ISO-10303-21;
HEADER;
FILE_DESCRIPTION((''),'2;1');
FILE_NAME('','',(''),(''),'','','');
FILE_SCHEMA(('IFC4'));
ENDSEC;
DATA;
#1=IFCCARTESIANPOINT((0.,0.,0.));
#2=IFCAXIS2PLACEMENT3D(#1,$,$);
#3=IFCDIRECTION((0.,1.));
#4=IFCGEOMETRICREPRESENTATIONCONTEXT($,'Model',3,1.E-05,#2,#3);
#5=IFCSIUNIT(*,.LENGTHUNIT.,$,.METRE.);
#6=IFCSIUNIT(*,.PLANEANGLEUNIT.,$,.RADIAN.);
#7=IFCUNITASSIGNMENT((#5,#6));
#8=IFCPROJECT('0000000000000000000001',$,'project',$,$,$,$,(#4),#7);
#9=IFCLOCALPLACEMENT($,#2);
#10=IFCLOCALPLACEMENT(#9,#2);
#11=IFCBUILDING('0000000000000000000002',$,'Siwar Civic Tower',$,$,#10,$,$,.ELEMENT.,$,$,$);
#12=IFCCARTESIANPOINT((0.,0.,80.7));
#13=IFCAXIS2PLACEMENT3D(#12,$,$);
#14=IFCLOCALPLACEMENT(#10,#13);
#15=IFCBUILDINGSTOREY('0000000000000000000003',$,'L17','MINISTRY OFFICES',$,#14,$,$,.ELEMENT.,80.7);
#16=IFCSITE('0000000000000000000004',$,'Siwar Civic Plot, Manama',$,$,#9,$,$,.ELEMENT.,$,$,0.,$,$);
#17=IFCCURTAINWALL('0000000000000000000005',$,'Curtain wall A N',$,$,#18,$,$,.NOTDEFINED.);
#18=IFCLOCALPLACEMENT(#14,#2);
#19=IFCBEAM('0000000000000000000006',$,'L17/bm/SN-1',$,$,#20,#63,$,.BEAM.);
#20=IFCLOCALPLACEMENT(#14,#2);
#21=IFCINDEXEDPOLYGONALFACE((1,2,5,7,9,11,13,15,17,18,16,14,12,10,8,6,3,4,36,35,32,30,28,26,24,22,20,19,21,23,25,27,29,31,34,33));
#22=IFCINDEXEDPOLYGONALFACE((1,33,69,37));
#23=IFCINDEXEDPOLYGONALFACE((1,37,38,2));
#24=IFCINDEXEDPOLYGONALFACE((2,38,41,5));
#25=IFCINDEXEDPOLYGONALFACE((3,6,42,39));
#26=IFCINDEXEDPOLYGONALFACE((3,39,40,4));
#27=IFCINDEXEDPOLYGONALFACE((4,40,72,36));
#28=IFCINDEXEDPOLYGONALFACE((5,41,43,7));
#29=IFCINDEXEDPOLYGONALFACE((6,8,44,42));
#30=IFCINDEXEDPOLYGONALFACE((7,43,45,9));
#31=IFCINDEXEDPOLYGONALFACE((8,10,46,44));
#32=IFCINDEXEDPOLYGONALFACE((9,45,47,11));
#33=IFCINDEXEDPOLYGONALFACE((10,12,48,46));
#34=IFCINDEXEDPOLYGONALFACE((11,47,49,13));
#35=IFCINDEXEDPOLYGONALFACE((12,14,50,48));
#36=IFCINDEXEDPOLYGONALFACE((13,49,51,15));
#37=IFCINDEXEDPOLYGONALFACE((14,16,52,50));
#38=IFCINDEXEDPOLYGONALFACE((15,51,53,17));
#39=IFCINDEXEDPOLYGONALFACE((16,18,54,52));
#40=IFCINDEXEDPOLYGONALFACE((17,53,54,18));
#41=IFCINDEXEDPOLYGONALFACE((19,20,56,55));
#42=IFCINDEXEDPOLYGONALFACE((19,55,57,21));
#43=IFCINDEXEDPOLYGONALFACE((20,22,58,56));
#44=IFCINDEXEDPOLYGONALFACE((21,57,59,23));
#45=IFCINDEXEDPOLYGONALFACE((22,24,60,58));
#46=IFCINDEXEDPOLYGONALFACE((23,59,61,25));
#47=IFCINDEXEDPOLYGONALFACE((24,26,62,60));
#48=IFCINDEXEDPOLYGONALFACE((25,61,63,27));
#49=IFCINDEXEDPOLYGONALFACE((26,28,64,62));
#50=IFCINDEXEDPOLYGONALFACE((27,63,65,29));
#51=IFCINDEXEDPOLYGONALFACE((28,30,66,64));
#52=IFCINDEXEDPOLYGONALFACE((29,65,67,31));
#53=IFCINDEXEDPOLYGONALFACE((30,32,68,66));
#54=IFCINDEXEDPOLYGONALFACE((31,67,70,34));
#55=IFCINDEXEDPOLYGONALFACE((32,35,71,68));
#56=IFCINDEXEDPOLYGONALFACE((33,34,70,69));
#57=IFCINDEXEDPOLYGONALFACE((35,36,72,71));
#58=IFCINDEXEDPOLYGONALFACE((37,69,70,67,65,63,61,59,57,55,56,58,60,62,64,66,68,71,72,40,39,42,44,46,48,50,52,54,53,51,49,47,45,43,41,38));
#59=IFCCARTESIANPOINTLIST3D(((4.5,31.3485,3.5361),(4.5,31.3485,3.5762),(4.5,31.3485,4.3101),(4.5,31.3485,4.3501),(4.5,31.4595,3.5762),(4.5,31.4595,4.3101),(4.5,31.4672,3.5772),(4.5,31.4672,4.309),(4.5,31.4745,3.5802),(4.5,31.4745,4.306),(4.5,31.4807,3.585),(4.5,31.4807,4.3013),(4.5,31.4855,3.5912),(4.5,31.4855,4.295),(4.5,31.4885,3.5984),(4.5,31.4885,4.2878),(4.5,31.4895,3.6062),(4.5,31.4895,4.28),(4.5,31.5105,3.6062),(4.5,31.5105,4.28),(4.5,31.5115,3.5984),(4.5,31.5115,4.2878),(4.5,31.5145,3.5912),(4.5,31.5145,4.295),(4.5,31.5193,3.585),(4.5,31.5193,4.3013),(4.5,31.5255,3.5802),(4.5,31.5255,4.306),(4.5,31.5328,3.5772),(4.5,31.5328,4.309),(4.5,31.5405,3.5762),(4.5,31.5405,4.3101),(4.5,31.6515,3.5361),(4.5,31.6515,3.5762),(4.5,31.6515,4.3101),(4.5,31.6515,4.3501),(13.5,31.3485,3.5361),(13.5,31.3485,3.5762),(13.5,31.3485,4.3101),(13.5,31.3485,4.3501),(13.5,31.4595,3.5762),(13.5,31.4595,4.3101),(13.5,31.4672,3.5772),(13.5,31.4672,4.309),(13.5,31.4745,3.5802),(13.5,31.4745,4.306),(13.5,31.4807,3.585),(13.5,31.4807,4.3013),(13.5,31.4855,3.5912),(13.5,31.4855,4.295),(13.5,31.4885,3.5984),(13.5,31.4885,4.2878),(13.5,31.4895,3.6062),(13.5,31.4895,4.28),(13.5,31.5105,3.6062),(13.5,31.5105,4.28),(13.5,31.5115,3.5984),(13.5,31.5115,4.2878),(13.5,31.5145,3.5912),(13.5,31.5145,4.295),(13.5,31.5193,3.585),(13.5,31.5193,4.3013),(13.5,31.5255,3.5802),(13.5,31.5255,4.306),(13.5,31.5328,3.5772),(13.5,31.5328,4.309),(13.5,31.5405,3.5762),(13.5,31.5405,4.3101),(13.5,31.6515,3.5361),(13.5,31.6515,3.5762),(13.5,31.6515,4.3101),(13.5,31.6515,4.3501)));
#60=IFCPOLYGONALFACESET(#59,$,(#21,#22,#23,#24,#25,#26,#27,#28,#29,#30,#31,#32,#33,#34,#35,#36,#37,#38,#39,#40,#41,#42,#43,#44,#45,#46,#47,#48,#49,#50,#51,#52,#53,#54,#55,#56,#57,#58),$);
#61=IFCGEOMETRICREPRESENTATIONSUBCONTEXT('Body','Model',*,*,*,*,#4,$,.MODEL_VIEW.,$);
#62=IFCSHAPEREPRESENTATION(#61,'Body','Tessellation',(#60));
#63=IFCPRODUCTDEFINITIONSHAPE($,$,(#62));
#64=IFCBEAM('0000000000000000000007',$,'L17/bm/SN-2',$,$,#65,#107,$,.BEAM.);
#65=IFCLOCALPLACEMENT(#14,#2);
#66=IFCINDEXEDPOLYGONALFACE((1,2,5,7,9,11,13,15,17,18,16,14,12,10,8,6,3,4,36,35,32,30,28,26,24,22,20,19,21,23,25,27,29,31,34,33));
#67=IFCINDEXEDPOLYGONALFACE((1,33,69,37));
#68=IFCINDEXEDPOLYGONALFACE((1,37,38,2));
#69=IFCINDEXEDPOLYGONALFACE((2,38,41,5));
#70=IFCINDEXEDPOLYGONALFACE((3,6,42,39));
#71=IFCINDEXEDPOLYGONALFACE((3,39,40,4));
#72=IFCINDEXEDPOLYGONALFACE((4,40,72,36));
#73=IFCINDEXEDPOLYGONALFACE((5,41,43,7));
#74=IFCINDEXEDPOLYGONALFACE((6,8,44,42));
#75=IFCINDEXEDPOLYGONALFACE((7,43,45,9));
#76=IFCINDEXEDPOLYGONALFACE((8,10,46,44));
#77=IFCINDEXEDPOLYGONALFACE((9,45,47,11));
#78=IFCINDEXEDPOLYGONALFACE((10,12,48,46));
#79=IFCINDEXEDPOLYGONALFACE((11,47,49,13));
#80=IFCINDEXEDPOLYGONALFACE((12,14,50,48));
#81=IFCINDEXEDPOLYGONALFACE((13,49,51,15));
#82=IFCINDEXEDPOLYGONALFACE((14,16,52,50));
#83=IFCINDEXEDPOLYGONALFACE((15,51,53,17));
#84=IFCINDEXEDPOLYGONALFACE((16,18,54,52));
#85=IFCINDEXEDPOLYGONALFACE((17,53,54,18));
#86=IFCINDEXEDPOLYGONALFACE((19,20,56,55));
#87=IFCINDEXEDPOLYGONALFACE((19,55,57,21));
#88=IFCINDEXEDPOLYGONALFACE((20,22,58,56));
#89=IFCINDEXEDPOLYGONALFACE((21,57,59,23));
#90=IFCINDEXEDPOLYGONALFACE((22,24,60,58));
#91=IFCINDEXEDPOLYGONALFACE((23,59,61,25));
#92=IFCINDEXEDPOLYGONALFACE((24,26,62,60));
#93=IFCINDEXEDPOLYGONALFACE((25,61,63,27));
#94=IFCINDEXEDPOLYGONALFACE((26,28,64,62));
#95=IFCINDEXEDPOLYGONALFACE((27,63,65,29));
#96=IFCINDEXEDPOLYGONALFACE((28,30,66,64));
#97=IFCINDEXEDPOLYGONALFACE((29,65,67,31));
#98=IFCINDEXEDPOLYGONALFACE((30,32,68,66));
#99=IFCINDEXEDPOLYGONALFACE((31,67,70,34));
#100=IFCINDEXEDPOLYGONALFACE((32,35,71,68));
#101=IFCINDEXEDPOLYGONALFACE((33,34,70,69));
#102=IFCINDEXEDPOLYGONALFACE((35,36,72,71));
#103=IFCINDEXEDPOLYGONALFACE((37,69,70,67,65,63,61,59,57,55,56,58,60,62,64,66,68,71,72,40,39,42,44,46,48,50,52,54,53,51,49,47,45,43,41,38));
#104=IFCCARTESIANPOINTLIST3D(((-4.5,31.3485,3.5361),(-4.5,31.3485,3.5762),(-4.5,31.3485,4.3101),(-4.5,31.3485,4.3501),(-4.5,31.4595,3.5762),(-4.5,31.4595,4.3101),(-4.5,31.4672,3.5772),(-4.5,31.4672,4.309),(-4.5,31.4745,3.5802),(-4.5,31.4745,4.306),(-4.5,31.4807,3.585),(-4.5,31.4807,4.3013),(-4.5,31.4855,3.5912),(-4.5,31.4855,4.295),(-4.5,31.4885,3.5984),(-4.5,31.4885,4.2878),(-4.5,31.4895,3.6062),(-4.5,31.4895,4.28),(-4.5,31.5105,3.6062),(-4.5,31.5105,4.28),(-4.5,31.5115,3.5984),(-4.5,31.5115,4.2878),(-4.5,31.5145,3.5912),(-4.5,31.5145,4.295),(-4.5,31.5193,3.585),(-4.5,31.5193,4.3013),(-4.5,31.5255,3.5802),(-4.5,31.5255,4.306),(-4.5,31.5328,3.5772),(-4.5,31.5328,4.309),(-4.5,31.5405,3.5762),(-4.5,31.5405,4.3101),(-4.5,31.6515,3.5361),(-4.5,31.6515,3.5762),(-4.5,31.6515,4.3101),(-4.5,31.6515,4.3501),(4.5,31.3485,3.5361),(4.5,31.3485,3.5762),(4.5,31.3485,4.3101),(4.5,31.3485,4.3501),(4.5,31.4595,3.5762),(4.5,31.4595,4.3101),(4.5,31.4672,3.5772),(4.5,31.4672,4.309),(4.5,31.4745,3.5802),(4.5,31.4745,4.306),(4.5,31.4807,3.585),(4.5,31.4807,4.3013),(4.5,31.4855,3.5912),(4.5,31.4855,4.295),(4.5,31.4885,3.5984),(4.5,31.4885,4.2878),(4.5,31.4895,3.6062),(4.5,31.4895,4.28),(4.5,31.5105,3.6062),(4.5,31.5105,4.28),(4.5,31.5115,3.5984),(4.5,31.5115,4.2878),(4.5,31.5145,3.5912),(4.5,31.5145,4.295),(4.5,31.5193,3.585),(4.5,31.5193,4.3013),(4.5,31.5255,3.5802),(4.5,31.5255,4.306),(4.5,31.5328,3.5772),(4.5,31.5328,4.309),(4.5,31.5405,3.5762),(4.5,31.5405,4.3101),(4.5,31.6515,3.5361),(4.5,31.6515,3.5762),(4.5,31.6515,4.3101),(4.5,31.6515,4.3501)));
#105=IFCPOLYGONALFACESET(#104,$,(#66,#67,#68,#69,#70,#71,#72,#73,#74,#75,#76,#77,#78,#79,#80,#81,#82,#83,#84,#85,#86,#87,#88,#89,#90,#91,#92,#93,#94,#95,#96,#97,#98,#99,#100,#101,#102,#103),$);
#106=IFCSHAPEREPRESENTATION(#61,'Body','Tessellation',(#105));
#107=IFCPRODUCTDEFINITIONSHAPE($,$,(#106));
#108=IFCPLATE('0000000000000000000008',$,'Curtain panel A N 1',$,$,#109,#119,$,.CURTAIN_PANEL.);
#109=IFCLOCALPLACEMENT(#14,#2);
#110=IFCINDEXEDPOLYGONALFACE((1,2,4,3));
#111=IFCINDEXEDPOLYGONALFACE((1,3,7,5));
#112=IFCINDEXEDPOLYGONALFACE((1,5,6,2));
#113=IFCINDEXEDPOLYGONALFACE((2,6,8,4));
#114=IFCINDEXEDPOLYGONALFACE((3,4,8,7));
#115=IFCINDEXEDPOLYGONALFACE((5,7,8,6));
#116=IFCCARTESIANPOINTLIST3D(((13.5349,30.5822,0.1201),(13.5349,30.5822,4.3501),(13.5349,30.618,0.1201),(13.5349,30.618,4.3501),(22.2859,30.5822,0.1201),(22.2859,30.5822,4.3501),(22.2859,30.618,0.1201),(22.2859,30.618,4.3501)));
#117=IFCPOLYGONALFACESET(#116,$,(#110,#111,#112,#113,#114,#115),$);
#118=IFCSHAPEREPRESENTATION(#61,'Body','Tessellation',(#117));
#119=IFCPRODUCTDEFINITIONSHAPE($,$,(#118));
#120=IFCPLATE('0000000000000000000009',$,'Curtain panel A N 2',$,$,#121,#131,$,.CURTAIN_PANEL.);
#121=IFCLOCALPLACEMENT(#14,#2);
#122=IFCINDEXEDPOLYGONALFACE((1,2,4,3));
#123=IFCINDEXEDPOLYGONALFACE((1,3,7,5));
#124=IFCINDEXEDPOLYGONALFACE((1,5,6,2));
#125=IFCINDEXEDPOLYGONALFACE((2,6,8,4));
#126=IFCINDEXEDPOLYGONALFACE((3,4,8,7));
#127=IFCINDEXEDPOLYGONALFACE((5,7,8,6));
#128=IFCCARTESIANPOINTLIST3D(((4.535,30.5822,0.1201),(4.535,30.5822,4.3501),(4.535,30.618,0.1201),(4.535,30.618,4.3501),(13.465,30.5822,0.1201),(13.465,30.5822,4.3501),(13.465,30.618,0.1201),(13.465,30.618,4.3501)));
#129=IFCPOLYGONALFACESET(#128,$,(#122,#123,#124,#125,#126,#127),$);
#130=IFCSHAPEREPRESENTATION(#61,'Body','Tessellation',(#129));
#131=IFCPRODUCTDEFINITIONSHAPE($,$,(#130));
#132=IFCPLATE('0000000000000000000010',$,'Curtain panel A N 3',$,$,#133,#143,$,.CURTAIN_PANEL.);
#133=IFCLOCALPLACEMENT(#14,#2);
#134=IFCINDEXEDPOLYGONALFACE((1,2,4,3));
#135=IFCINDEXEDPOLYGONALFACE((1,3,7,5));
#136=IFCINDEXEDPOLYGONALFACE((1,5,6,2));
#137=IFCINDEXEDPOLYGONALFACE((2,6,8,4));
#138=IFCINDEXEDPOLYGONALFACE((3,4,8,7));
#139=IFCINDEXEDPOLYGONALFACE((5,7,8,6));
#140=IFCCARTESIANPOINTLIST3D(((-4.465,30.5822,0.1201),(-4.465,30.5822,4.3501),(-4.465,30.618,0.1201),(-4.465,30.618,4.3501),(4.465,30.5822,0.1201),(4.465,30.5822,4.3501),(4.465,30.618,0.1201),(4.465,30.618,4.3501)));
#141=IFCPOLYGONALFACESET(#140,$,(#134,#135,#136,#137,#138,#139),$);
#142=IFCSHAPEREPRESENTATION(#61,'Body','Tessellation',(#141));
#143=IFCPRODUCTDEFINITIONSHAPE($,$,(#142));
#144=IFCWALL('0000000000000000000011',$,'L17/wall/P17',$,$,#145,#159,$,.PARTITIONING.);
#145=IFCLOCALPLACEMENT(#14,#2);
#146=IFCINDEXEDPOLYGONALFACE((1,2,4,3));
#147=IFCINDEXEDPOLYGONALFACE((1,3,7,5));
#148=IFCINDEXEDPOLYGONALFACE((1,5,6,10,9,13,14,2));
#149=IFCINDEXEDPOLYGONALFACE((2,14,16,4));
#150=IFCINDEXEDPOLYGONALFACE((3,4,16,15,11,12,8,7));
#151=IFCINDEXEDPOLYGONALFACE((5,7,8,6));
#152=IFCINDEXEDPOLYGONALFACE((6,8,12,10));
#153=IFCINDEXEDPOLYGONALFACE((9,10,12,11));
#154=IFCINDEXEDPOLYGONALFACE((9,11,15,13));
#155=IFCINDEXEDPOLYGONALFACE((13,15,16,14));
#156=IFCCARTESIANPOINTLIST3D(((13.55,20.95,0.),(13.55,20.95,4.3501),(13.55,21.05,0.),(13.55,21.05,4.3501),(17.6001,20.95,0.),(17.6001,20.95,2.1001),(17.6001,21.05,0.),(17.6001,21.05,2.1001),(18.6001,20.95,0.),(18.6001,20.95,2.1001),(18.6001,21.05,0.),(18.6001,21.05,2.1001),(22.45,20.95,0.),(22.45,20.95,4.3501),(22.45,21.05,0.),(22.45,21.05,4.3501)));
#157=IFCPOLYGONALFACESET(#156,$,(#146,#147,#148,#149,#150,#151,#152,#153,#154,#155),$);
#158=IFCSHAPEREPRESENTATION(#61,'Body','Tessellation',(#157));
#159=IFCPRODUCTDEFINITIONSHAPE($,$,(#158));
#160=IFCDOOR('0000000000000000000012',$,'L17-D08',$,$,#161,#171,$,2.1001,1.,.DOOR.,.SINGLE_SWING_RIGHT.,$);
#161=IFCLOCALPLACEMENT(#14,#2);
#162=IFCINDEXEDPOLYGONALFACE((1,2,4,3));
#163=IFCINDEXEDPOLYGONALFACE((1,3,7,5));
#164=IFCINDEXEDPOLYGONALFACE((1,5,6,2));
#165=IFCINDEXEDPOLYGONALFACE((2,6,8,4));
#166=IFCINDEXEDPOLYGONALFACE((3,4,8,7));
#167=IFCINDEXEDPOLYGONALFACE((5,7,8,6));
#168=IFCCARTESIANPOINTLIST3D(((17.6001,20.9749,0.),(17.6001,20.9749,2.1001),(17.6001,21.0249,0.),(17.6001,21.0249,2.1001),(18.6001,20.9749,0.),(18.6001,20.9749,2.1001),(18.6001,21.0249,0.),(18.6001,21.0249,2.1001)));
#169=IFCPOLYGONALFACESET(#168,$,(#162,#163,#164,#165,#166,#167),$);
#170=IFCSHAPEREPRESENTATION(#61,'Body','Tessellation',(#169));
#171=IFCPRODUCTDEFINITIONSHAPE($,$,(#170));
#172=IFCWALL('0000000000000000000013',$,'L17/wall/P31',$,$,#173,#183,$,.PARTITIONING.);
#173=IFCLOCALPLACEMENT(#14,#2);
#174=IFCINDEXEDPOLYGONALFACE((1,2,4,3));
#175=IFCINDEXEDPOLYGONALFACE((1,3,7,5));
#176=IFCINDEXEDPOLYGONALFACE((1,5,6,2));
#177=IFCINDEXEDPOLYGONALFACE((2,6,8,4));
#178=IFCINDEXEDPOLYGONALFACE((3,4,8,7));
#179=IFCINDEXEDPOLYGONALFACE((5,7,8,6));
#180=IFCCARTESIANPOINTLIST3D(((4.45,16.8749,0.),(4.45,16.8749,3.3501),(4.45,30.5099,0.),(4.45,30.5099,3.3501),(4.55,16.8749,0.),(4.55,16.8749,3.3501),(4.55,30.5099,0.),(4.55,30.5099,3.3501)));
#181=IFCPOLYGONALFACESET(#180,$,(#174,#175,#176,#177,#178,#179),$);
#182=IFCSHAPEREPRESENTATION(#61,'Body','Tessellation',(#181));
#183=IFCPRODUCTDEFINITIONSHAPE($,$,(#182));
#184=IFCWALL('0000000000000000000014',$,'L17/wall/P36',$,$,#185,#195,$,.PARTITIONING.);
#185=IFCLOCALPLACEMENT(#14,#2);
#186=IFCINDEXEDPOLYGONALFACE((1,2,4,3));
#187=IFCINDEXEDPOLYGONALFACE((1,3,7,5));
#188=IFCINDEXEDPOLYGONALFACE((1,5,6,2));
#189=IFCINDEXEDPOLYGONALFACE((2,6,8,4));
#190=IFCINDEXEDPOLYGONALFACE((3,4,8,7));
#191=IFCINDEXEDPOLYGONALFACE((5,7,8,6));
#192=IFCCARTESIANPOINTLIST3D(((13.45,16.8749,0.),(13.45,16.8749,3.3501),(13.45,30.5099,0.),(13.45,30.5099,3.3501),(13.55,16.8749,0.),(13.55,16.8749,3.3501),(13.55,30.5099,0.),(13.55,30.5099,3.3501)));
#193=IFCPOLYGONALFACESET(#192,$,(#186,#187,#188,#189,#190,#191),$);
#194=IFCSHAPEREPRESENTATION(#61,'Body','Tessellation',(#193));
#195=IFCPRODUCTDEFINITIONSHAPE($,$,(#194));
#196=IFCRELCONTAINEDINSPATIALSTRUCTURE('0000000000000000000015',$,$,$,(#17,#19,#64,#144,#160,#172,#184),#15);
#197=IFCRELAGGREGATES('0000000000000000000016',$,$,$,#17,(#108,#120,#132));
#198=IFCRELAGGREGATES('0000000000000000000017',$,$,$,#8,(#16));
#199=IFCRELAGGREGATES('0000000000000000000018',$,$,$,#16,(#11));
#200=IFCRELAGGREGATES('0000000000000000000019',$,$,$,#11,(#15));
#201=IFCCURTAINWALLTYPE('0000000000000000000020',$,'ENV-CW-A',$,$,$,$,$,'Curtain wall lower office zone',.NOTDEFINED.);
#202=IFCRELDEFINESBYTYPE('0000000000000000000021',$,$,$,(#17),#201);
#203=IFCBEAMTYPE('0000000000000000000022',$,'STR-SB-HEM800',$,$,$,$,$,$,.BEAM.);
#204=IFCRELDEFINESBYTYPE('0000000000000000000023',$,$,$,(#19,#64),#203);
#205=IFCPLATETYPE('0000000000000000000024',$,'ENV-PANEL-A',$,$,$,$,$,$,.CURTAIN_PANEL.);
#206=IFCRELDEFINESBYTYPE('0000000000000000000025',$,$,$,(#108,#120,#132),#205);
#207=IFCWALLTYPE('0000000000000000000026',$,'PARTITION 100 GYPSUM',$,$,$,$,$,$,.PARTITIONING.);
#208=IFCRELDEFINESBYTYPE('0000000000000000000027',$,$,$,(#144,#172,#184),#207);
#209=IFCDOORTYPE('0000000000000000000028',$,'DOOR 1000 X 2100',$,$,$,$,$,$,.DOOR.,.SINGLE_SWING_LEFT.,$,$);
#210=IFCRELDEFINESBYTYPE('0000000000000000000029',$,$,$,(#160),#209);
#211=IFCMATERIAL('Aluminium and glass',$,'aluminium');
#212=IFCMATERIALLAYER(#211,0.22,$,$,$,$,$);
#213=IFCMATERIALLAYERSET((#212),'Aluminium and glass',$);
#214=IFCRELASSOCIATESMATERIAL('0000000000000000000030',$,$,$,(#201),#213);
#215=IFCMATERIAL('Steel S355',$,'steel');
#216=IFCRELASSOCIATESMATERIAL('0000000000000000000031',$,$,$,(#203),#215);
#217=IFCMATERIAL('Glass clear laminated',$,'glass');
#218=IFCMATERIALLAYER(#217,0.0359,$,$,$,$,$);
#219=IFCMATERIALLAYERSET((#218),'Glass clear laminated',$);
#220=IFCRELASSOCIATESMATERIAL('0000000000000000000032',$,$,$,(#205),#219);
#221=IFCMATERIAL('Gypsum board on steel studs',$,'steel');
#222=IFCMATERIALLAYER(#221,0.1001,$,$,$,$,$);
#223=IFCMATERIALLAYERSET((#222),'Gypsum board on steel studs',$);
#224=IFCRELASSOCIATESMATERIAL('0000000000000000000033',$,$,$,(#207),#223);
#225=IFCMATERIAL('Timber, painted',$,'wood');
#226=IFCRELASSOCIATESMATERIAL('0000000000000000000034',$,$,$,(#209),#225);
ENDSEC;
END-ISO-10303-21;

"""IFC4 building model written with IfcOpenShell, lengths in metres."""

from ifc_helpers import new_model, si_unit, direction, frame, frame_2d, origin, origin_2d, place, context, subcontext, project, spatial, rectangle, i_section, extrude, material, layer, layer_set, material_profile, profile_set, type_object, element, fill, aggregate, save


model = new_model("IFC4")

# Units and contexts
model_context = context("Model", 3, precision=1e-05, world=origin(), true_north=direction((0.0, 1.0)))
body_context = subcontext(model_context, "Body", "Model", "MODEL_VIEW")
ifc_project = project(units=[si_unit("LENGTHUNIT", "METRE"), si_unit("PLANEANGLEUNIT", "RADIAN")], contexts=[model_context])

# Site, building, storey
site_placement = place(None, origin())
site = spatial("IfcSite", under=ifc_project, at=site_placement, Name="Siwar Civic Plot, Manama", CompositionType="ELEMENT", RefElevation=0.0)
building_placement = place(site_placement, origin())
building = spatial("IfcBuilding", under=site, at=building_placement, Name="Siwar Civic Tower", CompositionType="ELEMENT")
storey_placement = place(building_placement, frame((0.0, 0.0, 80.7)))
storey = spatial("IfcBuildingStorey", under=building, at=storey_placement, Name="L17", Description="MINISTRY OFFICES", CompositionType="ELEMENT", Elevation=80.7)

# Curtain wall
ifc_material_1 = material(Name="Aluminium and glass", Category="aluminium")
ifc_layer_1 = layer(ifc_material_1, 0.22)
ifc_layer_set_1 = layer_set([ifc_layer_1], Name="Aluminium and glass")
curtain_wall_type = type_object("IfcCurtainWallType", Name="ENV-CW-A", ElementType="Curtain wall lower office zone", PredefinedType="NOTDEFINED", material=ifc_layer_set_1)
curtain_wall_placement = place(storey_placement, origin())
curtain_wall = element("IfcCurtainWall", 1, at=curtain_wall_placement, inside=storey, type_object=curtain_wall_type, Name="Curtain wall A N", PredefinedType="NOTDEFINED")

# Beams
ifc_material_2 = material(Name="Steel S355", Category="steel")
ifc_material_profile_1 = material_profile(ifc_material_2, i_section(OverallWidth=0.303, OverallDepth=0.814, WebThickness=0.021, FlangeThickness=0.04, FilletRadius=0.03, at=origin_2d()), Name="HEM800")
ifc_profile_set_1 = profile_set([ifc_material_profile_1], Name="Steel S355")
beam_type_1 = type_object("IfcBeamType", Name="STR-SB-HEM800", PredefinedType="BEAM", material=ifc_profile_set_1)
for number, where, z_axis, x_axis, name in (
    (2, (13.5, 31.5, 3.9431), (-1.0, 0.0, 0.0), (0.0, -1.0, 0.0), "L17/bm/SN-1"),
    (3, (4.5, 31.5, 3.9431), (-1.0, 0.0, 0.0), (0.0, -1.0, 0.0), "L17/bm/SN-2"),
):
    element("IfcBeam", number, at=place(storey_placement, frame(where, z_axis=z_axis, x_axis=x_axis)), inside=storey, type_object=beam_type_1, Name=name, PredefinedType="BEAM", context=body_context, shape_type="SweptSolid", body=[
        extrude(i_section(OverallWidth=0.303, OverallDepth=0.814, WebThickness=0.021, FlangeThickness=0.04, FilletRadius=0.03, at=origin_2d()), origin(), (0.0, 0.0, 1.0), 9.0),
    ])

# Plates
ifc_material_3 = material(Name="Glass clear laminated", Category="glass")
ifc_layer_2 = layer(ifc_material_3, 0.0359)
ifc_layer_set_2 = layer_set([ifc_layer_2], Name="Glass clear laminated")
plate_type = type_object("IfcPlateType", Name="ENV-PANEL-A", PredefinedType="CURTAIN_PANEL", material=ifc_layer_set_2)
plate_1_placement = place(storey_placement, frame((17.9104, 30.6001, 0.1201), z_axis=(0.0, 0.0, 1.0), x_axis=(-1.0, 0.0, 0.0)))
plate_1 = element("IfcPlate", 4, at=plate_1_placement, type_object=plate_type, Name="Curtain panel A N 1", PredefinedType="CURTAIN_PANEL", context=body_context, shape_type="SweptSolid", body=[
    extrude(rectangle(XDim=8.751, YDim=0.0359, at=origin_2d()), origin(), (0.0, 0.0, 1.0), 4.23),
])
plate_2_placement = place(storey_placement, frame((9.0, 30.6001, 0.1201), z_axis=(0.0, 0.0, 1.0), x_axis=(-1.0, 0.0, 0.0)))
plate_2 = element("IfcPlate", 5, at=plate_2_placement, type_object=plate_type, Name="Curtain panel A N 2", PredefinedType="CURTAIN_PANEL", context=body_context, shape_type="SweptSolid", body=[
    extrude(rectangle(XDim=8.9299, YDim=0.0359, at=origin_2d()), origin(), (0.0, 0.0, 1.0), 4.23),
])
plate_3_placement = place(storey_placement, frame((0.0, 30.6001, 0.1201), z_axis=(0.0, 0.0, 1.0), x_axis=(-1.0, 0.0, 0.0)))
plate_3 = element("IfcPlate", 6, at=plate_3_placement, type_object=plate_type, Name="Curtain panel A N 3", PredefinedType="CURTAIN_PANEL", context=body_context, shape_type="SweptSolid", body=[
    extrude(rectangle(XDim=8.9299, YDim=0.0359, at=origin_2d()), origin(), (0.0, 0.0, 1.0), 4.23),
])
aggregate(curtain_wall, [plate_1, plate_2, plate_3])

# Wall, opening, door
ifc_material_4 = material(Name="Gypsum board on steel studs", Category="steel")
ifc_layer_3 = layer(ifc_material_4, 0.1001)
ifc_layer_set_3 = layer_set([ifc_layer_3], Name="Gypsum board on steel studs")
wall_type = type_object("IfcWallType", Name="PARTITION 100 GYPSUM", PredefinedType="PARTITIONING", material=ifc_layer_set_3)
wall_placement = place(storey_placement, frame((13.55, 21.0, 0.0), z_axis=(0.0, 0.0, 1.0), x_axis=(1.0, 0.0, 0.0)))
wall = element("IfcWall", 7, at=wall_placement, inside=storey, type_object=wall_type, Name="L17/wall/P17", PredefinedType="PARTITIONING", context=body_context, shape_type="SweptSolid", body=[
    extrude(rectangle(XDim=8.8999, YDim=0.1001, at=frame_2d((4.45, 0.0))), origin(), (0.0, 0.0, 1.0), 4.3501),
])
opening_placement = place(wall_placement, frame((4.05, 0.0, 0.0)))
opening = element("IfcOpeningElement", 8, at=opening_placement, cuts=wall, PredefinedType="OPENING", context=body_context, shape_type="SweptSolid", body=[
    extrude(rectangle(XDim=1.0, YDim=2.1001, at=frame_2d((0.5, 1.05))), frame((0.0, 0.0601, 0.0), z_axis=(0.0, -1.0, 0.0), x_axis=(1.0, 0.0, 0.0)), (0.0, 0.0, 1.0), 0.1201),
])
ifc_material_5 = material(Name="Timber, painted", Category="wood")
door_type = type_object("IfcDoorType", Name="DOOR 1000 X 2100", OperationType="SINGLE_SWING_LEFT", PredefinedType="DOOR", material=ifc_material_5)
door_placement = place(opening_placement, origin())
door = element("IfcDoor", 9, at=door_placement, inside=storey, type_object=door_type, Name="L17-D08", OperationType="SINGLE_SWING_RIGHT", OverallHeight=2.1001, OverallWidth=1.0, PredefinedType="DOOR", context=body_context, shape_type="SweptSolid", body=[
    extrude(rectangle(XDim=1.0, YDim=2.1001, at=frame_2d((0.5, 1.05))), frame((0.0, 0.0249, 0.0), z_axis=(0.0, -1.0, 0.0), x_axis=(1.0, 0.0, 0.0)), (0.0, 0.0, 1.0), 0.05),
])
fill(opening, door)

# Walls
for number, where, z_axis, x_axis, name in (
    (10, (4.5, 16.875, 0.0), (0.0, 0.0, 1.0), (0.0, 1.0, 0.0), "L17/wall/P31"),
    (11, (13.5, 16.875, 0.0), (0.0, 0.0, 1.0), (0.0, 1.0, 0.0), "L17/wall/P36"),
):
    element("IfcWall", number, at=place(storey_placement, frame(where, z_axis=z_axis, x_axis=x_axis)), inside=storey, type_object=wall_type, Name=name, PredefinedType="PARTITIONING", context=body_context, shape_type="SweptSolid", body=[
        extrude(rectangle(XDim=13.635, YDim=0.1001, at=frame_2d((6.8174, 0.0))), origin(), (0.0, 0.0, 1.0), 3.3501),
    ])

save(model, "model.ifc")
